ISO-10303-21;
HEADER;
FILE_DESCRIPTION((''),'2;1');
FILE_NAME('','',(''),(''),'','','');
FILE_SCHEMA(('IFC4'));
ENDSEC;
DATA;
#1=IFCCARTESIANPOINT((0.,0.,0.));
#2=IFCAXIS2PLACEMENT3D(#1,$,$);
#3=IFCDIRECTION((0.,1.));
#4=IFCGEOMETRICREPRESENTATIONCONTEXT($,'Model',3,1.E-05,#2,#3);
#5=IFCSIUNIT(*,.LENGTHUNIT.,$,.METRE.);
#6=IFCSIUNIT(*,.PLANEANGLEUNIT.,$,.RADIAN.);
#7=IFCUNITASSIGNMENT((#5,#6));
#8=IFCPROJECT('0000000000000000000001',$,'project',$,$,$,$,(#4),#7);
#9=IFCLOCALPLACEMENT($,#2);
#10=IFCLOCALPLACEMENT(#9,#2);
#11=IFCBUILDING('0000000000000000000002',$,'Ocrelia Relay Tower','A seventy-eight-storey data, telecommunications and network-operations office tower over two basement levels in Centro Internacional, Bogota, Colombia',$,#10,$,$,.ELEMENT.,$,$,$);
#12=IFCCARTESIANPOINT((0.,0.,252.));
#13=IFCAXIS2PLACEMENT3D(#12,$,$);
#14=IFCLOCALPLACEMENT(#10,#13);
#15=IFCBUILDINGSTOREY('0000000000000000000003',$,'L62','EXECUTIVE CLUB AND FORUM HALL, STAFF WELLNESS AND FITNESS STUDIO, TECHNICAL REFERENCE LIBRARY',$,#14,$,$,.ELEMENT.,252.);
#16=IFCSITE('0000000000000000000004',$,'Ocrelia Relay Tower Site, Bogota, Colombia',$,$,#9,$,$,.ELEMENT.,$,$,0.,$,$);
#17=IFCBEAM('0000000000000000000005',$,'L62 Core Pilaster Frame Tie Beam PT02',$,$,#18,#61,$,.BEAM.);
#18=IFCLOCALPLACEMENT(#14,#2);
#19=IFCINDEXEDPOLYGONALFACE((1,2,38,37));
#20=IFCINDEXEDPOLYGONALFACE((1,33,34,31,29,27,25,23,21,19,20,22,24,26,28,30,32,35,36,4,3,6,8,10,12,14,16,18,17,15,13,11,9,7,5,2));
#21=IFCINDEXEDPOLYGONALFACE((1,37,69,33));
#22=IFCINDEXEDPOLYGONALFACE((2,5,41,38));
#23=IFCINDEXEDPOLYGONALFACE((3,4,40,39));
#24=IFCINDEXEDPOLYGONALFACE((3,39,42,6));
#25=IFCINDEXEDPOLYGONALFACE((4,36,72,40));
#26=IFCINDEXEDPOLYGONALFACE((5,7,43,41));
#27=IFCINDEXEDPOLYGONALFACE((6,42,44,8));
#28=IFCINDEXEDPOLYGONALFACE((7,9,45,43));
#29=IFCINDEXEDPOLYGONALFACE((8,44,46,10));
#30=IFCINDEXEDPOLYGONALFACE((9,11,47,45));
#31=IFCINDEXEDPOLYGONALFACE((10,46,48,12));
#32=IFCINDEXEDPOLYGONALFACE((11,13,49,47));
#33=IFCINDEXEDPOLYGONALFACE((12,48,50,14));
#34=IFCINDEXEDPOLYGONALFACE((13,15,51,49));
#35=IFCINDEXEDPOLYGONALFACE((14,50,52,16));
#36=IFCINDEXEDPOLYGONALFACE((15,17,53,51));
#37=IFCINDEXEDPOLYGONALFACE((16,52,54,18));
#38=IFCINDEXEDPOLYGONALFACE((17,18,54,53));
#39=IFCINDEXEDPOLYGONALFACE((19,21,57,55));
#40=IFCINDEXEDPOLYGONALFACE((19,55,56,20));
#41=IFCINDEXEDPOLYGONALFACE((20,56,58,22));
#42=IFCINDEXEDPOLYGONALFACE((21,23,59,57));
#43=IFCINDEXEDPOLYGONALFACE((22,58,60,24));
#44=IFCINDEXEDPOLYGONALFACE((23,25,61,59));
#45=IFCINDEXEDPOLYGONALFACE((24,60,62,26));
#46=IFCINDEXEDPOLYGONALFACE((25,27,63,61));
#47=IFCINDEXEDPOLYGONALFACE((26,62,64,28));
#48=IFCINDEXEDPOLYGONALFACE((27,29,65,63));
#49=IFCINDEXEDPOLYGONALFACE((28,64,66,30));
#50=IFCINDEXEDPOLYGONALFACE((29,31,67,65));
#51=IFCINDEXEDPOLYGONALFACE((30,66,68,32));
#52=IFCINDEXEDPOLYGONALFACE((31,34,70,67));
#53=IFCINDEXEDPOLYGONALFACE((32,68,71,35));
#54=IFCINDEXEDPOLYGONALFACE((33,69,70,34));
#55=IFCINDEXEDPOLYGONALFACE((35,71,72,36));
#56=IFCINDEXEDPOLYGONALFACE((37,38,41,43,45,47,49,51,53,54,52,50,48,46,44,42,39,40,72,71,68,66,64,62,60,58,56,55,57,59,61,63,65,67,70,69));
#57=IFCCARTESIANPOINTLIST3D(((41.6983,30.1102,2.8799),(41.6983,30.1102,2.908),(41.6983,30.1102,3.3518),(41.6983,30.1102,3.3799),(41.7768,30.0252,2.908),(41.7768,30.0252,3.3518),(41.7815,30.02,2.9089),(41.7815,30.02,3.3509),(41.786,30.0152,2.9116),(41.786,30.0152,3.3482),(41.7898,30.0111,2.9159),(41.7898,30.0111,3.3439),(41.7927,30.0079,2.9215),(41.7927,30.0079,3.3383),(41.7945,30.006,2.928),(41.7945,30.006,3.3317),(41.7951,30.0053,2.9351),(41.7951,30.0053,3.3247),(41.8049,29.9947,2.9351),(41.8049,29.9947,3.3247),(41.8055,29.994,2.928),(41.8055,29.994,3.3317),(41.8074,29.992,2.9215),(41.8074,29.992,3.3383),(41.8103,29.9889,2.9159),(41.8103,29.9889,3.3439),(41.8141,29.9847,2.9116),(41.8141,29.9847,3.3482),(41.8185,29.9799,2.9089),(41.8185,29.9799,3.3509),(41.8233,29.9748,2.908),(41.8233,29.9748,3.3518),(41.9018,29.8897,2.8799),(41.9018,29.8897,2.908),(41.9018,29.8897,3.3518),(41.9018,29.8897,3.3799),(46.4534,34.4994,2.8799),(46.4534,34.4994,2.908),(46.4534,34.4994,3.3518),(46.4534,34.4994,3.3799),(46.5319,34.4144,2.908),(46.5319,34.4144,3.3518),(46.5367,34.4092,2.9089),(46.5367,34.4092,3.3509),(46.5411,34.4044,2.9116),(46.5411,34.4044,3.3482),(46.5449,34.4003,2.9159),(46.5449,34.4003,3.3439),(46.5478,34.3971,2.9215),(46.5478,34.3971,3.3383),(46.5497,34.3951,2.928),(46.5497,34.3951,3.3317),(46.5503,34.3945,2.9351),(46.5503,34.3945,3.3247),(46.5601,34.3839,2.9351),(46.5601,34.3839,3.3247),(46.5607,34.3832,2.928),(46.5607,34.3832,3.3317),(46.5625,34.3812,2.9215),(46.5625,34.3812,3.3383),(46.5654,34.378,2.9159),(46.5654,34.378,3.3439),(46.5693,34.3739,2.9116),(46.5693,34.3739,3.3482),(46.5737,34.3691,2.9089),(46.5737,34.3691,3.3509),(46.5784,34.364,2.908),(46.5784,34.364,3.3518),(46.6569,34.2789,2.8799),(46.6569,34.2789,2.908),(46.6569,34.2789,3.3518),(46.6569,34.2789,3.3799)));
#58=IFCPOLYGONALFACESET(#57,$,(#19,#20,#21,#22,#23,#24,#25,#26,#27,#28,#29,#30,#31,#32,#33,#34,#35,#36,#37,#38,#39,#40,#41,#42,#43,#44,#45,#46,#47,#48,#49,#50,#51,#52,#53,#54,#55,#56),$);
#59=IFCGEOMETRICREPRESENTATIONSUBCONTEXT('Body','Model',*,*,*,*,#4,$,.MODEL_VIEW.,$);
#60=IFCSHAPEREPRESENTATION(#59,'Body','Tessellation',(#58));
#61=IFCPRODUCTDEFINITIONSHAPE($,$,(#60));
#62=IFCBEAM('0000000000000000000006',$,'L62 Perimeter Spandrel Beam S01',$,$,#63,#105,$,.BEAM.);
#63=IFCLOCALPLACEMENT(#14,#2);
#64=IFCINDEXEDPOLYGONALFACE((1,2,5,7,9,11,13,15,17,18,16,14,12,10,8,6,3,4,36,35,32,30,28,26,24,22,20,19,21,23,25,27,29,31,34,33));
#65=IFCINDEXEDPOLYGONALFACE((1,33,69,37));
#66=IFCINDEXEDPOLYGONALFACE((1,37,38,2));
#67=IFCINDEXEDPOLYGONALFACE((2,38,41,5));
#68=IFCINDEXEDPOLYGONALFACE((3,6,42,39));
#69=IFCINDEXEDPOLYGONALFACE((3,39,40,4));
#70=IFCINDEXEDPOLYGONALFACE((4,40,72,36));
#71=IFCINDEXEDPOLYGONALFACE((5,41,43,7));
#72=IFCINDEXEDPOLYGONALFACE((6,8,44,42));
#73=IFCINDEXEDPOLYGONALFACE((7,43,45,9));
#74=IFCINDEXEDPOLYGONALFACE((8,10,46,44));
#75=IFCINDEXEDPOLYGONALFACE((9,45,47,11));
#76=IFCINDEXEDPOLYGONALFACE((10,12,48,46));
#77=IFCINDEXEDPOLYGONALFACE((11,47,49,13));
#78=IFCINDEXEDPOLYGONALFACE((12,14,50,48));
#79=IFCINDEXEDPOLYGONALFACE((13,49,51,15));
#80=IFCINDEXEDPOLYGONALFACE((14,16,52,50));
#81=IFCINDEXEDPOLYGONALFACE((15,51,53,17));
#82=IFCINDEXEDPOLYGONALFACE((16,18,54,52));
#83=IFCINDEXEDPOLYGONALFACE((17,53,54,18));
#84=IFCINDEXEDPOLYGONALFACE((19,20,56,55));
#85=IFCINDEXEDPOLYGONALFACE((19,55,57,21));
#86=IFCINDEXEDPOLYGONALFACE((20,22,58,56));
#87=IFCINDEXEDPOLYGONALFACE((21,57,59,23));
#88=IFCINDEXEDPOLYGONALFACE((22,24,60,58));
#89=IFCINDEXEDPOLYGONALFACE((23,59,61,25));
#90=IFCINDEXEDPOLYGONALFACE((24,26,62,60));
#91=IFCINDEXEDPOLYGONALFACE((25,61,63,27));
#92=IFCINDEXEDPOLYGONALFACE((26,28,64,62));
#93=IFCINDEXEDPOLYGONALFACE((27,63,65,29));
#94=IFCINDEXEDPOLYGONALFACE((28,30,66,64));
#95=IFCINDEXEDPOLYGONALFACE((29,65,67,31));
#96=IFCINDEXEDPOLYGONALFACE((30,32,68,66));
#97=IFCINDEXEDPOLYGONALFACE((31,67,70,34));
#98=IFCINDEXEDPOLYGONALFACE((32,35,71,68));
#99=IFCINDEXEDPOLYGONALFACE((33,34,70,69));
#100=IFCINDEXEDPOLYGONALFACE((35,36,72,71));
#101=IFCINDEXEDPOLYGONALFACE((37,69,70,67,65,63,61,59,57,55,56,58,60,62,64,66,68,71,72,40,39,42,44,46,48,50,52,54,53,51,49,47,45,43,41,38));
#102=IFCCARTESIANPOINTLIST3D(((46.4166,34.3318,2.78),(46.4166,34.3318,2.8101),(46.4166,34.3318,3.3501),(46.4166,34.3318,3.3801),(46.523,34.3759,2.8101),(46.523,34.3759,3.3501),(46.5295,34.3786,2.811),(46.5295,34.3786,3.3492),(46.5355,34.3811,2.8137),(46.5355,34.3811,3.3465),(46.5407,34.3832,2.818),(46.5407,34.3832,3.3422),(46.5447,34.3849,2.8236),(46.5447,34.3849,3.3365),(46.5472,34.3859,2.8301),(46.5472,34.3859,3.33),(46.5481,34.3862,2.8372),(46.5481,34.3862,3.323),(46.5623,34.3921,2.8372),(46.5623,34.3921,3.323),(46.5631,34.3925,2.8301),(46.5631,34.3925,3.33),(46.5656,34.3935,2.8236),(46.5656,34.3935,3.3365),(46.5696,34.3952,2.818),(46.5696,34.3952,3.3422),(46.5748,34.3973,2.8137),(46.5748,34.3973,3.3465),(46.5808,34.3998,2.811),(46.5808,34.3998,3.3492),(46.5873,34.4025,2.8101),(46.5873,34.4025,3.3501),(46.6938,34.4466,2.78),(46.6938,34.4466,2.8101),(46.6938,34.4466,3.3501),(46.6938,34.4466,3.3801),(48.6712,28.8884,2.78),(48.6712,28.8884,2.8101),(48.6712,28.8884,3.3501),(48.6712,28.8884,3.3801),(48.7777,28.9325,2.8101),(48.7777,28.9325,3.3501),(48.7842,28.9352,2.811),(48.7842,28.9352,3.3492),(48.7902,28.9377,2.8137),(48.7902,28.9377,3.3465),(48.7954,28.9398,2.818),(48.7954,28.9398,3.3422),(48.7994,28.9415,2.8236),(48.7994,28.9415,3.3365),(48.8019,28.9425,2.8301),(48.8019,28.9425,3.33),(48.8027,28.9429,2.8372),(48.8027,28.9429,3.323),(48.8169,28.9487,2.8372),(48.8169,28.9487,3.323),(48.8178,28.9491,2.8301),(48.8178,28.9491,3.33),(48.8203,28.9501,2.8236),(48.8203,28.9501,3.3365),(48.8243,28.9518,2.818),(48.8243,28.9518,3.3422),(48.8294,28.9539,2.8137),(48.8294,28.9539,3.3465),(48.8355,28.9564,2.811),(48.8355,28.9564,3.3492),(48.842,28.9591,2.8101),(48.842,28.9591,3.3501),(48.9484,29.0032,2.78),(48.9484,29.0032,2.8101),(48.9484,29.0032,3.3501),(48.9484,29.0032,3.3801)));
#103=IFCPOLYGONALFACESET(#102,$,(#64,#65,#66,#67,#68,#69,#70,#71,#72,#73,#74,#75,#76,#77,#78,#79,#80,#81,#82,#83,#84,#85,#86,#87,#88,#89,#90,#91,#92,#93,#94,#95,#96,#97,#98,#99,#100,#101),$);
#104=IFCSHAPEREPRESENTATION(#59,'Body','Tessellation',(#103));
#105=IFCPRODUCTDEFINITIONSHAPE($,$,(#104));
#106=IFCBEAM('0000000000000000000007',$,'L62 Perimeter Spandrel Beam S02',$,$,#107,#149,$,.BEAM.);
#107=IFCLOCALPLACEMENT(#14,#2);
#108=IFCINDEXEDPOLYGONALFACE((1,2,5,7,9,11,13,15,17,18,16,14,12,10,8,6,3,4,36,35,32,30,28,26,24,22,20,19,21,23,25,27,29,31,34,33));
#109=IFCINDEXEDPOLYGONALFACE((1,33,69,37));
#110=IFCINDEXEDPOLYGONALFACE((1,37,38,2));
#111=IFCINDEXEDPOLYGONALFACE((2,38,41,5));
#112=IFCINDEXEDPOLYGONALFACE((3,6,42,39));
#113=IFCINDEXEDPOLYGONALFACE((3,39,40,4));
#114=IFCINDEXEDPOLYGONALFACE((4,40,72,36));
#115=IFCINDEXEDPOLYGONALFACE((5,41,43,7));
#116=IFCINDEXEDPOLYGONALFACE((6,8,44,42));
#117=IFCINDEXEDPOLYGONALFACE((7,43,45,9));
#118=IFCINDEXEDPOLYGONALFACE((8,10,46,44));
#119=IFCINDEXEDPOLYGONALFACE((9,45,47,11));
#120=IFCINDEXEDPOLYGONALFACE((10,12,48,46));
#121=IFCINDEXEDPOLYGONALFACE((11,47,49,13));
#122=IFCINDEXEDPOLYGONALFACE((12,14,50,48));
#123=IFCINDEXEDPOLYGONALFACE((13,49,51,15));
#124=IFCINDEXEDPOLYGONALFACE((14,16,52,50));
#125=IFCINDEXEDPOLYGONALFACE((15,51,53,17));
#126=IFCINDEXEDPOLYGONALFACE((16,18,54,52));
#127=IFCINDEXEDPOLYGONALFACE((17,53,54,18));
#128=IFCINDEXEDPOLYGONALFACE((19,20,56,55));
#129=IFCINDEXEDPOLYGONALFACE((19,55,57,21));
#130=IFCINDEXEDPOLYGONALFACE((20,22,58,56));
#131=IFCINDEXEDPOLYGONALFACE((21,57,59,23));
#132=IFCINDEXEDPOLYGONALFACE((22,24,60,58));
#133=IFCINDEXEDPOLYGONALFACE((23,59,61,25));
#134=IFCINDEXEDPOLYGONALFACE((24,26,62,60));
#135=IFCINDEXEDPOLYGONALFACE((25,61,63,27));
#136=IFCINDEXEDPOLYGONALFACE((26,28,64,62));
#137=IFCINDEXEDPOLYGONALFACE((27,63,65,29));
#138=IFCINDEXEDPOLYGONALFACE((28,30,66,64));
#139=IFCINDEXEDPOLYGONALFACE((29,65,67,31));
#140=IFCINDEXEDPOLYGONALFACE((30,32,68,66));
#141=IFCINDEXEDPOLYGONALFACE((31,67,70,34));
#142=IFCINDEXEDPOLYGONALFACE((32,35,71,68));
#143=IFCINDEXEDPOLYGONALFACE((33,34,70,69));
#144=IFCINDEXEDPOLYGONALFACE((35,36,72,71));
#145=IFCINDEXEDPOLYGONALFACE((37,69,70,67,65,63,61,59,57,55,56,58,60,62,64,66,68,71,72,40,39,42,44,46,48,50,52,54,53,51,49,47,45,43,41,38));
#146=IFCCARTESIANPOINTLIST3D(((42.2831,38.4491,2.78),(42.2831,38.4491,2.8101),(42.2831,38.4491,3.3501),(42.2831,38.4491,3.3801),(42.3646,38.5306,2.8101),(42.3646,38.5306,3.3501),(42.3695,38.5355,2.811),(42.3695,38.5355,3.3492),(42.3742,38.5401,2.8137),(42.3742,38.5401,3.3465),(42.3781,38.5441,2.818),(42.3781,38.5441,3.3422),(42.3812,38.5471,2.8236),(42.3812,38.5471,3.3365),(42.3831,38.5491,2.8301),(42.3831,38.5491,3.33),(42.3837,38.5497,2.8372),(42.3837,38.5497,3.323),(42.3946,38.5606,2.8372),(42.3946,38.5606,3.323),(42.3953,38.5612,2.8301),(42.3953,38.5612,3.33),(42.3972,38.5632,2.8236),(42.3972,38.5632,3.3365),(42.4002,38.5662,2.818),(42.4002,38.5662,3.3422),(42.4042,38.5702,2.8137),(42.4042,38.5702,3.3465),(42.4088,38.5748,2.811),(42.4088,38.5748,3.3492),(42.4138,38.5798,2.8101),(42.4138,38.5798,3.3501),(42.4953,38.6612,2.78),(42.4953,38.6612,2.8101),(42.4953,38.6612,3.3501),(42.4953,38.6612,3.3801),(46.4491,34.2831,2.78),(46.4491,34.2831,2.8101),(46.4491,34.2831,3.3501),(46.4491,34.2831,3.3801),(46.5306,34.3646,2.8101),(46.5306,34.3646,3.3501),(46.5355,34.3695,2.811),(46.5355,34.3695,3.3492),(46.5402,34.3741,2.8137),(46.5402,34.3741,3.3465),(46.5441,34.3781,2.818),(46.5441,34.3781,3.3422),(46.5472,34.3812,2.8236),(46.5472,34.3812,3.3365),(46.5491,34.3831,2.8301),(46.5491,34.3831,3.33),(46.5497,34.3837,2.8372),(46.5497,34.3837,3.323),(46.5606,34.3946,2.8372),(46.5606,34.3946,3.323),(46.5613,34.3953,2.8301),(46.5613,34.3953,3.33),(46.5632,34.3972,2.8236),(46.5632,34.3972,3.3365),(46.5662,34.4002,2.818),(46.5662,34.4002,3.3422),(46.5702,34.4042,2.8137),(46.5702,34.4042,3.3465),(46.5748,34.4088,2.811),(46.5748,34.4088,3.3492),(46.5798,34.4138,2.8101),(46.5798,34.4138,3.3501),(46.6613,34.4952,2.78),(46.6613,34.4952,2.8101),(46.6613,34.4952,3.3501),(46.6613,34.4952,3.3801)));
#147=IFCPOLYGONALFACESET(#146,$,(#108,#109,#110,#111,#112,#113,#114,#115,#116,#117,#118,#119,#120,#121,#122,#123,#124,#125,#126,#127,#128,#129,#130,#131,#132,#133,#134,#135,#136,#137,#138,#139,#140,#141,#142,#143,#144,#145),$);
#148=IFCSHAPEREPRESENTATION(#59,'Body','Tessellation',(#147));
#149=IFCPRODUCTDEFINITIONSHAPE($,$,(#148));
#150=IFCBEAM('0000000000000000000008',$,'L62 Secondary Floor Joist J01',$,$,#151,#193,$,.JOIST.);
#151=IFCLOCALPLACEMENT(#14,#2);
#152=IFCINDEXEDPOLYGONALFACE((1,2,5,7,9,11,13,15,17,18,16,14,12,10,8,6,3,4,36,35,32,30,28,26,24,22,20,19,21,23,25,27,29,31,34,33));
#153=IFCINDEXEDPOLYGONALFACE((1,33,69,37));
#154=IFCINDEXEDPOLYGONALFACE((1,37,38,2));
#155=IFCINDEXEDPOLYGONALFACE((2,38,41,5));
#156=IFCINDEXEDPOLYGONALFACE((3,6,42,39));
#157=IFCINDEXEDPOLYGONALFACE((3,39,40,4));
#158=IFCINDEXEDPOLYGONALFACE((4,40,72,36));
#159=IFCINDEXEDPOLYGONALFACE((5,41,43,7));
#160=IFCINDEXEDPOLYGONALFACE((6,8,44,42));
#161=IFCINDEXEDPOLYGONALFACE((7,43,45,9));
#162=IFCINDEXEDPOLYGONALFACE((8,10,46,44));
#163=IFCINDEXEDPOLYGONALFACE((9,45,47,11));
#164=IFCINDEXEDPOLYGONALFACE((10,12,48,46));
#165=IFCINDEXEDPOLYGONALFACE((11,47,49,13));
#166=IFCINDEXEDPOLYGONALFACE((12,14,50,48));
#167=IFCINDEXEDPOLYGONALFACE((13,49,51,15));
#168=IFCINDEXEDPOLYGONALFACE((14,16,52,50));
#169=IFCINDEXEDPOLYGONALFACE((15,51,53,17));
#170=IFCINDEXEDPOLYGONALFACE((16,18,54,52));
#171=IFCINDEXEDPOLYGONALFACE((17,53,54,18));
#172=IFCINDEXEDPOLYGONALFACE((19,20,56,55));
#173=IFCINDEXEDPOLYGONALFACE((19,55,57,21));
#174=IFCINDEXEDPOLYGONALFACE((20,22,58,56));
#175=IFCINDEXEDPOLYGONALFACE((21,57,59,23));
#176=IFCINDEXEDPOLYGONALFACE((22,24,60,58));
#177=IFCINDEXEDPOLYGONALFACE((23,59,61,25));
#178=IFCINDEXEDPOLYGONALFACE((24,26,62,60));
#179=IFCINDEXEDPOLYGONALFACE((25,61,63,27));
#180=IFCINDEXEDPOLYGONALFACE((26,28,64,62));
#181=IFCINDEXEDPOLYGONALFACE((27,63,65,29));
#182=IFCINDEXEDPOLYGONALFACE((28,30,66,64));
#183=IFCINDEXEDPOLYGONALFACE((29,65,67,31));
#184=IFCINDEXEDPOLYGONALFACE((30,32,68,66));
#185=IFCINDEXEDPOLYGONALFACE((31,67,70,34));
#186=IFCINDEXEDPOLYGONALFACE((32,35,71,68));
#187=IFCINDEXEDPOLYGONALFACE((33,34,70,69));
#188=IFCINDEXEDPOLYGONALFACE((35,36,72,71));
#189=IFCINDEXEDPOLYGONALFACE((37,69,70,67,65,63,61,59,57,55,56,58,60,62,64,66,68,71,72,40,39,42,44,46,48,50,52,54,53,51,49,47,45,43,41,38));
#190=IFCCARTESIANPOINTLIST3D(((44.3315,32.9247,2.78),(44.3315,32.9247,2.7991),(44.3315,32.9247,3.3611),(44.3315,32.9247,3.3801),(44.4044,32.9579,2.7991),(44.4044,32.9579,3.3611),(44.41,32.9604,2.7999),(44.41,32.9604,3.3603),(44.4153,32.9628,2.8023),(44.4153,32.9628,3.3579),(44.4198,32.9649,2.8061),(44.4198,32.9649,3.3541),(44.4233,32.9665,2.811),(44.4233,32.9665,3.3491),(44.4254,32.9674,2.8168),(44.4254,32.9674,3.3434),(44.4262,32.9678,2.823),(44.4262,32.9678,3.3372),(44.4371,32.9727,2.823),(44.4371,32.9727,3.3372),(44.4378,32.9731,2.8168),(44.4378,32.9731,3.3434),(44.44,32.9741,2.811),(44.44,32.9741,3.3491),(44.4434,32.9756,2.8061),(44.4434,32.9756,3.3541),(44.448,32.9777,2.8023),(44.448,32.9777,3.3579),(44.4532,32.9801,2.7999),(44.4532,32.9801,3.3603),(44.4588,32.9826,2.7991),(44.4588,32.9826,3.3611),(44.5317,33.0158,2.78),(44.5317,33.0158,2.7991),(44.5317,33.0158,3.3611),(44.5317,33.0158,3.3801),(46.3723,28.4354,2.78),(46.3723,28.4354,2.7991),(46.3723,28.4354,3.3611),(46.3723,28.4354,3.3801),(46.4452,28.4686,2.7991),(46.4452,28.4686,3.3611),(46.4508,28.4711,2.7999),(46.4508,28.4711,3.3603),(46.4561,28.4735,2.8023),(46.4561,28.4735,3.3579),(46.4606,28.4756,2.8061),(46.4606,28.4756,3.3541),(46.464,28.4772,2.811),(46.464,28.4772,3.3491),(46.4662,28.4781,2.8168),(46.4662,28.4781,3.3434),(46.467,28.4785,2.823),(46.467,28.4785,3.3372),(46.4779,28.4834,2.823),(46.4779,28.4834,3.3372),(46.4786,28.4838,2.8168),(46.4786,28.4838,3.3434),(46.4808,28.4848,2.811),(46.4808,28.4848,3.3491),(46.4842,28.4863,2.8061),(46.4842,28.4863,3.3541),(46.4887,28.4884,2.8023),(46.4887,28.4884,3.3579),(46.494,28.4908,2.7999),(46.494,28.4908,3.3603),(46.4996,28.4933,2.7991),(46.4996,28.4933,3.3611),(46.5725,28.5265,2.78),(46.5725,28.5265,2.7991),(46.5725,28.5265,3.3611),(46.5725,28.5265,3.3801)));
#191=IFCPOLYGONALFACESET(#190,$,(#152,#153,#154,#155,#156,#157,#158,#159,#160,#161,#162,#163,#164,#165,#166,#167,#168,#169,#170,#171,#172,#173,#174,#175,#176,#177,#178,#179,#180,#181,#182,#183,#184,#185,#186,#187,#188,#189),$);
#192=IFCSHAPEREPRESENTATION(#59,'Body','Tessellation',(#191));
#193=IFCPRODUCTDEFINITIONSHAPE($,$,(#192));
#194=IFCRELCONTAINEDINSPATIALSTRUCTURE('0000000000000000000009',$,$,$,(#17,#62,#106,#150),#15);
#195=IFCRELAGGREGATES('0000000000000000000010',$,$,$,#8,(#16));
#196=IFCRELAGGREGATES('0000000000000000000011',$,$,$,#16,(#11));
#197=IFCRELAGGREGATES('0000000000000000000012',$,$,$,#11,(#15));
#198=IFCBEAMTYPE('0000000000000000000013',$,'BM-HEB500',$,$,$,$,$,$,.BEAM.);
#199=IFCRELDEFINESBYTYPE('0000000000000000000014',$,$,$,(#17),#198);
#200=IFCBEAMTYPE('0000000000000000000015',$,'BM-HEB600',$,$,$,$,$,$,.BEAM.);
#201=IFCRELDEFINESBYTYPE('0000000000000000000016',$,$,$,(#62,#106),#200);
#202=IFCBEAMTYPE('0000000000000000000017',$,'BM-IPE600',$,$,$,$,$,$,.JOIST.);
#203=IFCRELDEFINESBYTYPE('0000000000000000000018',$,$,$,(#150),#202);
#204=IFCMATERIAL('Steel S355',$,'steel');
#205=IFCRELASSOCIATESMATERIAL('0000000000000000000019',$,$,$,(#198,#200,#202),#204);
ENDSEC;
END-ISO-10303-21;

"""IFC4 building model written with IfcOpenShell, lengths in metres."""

from ifc_helpers import new_model, si_unit, direction, frame, origin, origin_2d, place, context, subcontext, project, spatial, i_section, extrude, material, material_profile, profile_set, type_object, element, save


model = new_model("IFC4")

# Units and contexts
model_context = context("Model", 3, precision=1e-05, world=origin(), true_north=direction((0.0, 1.0)))
body_context = subcontext(model_context, "Body", "Model", "MODEL_VIEW")
ifc_project = project(units=[si_unit("LENGTHUNIT", "METRE"), si_unit("PLANEANGLEUNIT", "RADIAN")], contexts=[model_context])

# Site, building, storey
site_placement = place(None, origin())
site = spatial("IfcSite", under=ifc_project, at=site_placement, Name="Ocrelia Relay Tower Site, Bogota, Colombia", CompositionType="ELEMENT", RefElevation=0.0)
building_placement = place(site_placement, origin())
building = spatial("IfcBuilding", under=site, at=building_placement, Name="Ocrelia Relay Tower", Description="A seventy-eight-storey data, telecommunications and network-operations office tower over two basement levels in Centro Internacional, Bogota, Colombia", CompositionType="ELEMENT")
storey_placement = place(building_placement, frame((0.0, 0.0, 252.0)))
storey = spatial("IfcBuildingStorey", under=building, at=storey_placement, Name="L62", Description="EXECUTIVE CLUB AND FORUM HALL, STAFF WELLNESS AND FITNESS STUDIO, TECHNICAL REFERENCE LIBRARY", CompositionType="ELEMENT", Elevation=252.0)

# Beams
ifc_material_1 = material(Name="Steel S355", Category="steel")
ifc_material_profile_1 = material_profile(ifc_material_1, i_section(OverallWidth=0.3, OverallDepth=0.5, WebThickness=0.0144, FlangeThickness=0.0281, FilletRadius=0.0271, at=origin_2d()), Name="HEB 500")
ifc_profile_set_1 = profile_set([ifc_material_profile_1], Name="Steel S355")
beam_type_1 = type_object("IfcBeamType", Name="BM-HEB500", PredefinedType="BEAM", material=ifc_profile_set_1)
beam_1_placement = place(storey_placement, frame((46.5552, 34.3892, 3.1299), z_axis=(-0.734818, -0.678264, 0.0), x_axis=(0.678264, -0.734818, 0.0)))
element("IfcBeam", 1, at=beam_1_placement, inside=storey, type_object=beam_type_1, Name="L62 Core Pilaster Frame Tie Beam PT02", PredefinedType="BEAM", context=body_context, shape_type="SweptSolid", body=[
    extrude(i_section(OverallWidth=0.3, OverallDepth=0.5, WebThickness=0.0144, FlangeThickness=0.0281, FilletRadius=0.0271, at=origin_2d()), origin(), (0.0, 0.0, 1.0), 6.4712),
])
ifc_material_profile_2 = material_profile(ifc_material_1, i_section(OverallWidth=0.3, OverallDepth=0.6001, WebThickness=0.0154, FlangeThickness=0.03, FilletRadius=0.0271, at=origin_2d()), Name="HEB 600")
ifc_profile_set_2 = profile_set([ifc_material_profile_2], Name="Steel S355")
beam_type_2 = type_object("IfcBeamType", Name="BM-HEB600", PredefinedType="BEAM", material=ifc_profile_set_2)
beam_2_placement = place(storey_placement, frame((48.8098, 28.9458, 3.0801), z_axis=(-0.382673, 0.923884, 0.0), x_axis=(-0.923884, -0.382673, 0.0)))
element("IfcBeam", 2, at=beam_2_placement, inside=storey, type_object=beam_type_2, Name="L62 Perimeter Spandrel Beam S01", PredefinedType="BEAM", context=body_context, shape_type="SweptSolid", body=[
    extrude(i_section(OverallWidth=0.3, OverallDepth=0.6001, WebThickness=0.0154, FlangeThickness=0.03, FilletRadius=0.0271, at=origin_2d()), origin(), (0.0, 0.0, 1.0), 5.8918),
])
beam_3_placement = place(storey_placement, frame((46.5552, 34.3892, 3.0801), z_axis=(-0.707107, 0.707107, 0.0), x_axis=(-0.707107, -0.707107, 0.0)))
element("IfcBeam", 3, at=beam_3_placement, inside=storey, type_object=beam_type_2, Name="L62 Perimeter Spandrel Beam S02", PredefinedType="BEAM", context=body_context, shape_type="SweptSolid", body=[
    extrude(i_section(OverallWidth=0.3, OverallDepth=0.6001, WebThickness=0.0154, FlangeThickness=0.03, FilletRadius=0.0271, at=origin_2d()), origin(), (0.0, 0.0, 1.0), 5.8916),
])
ifc_material_profile_3 = material_profile(ifc_material_1, i_section(OverallWidth=0.22, OverallDepth=0.6001, WebThickness=0.012, FlangeThickness=0.019, FilletRadius=0.0239, at=origin_2d()), Name="IPE 600")
ifc_profile_set_3 = profile_set([ifc_material_profile_3], Name="Steel S355")
beam_type_3 = type_object("IfcBeamType", Name="BM-IPE600", PredefinedType="JOIST", material=ifc_profile_set_3)
beam_4_placement = place(storey_placement, frame((46.4724, 28.481, 3.0801), z_axis=(-0.413837, 0.910351, 0.0), x_axis=(-0.910351, -0.413837, 0.0)))
element("IfcBeam", 4, at=beam_4_placement, inside=storey, type_object=beam_type_3, Name="L62 Secondary Floor Joist J01", PredefinedType="JOIST", context=body_context, shape_type="SweptSolid", body=[
    extrude(i_section(OverallWidth=0.22, OverallDepth=0.6001, WebThickness=0.012, FlangeThickness=0.019, FilletRadius=0.0239, at=origin_2d()), origin(), (0.0, 0.0, 1.0), 4.9314),
])

save(model, "model.ifc")
